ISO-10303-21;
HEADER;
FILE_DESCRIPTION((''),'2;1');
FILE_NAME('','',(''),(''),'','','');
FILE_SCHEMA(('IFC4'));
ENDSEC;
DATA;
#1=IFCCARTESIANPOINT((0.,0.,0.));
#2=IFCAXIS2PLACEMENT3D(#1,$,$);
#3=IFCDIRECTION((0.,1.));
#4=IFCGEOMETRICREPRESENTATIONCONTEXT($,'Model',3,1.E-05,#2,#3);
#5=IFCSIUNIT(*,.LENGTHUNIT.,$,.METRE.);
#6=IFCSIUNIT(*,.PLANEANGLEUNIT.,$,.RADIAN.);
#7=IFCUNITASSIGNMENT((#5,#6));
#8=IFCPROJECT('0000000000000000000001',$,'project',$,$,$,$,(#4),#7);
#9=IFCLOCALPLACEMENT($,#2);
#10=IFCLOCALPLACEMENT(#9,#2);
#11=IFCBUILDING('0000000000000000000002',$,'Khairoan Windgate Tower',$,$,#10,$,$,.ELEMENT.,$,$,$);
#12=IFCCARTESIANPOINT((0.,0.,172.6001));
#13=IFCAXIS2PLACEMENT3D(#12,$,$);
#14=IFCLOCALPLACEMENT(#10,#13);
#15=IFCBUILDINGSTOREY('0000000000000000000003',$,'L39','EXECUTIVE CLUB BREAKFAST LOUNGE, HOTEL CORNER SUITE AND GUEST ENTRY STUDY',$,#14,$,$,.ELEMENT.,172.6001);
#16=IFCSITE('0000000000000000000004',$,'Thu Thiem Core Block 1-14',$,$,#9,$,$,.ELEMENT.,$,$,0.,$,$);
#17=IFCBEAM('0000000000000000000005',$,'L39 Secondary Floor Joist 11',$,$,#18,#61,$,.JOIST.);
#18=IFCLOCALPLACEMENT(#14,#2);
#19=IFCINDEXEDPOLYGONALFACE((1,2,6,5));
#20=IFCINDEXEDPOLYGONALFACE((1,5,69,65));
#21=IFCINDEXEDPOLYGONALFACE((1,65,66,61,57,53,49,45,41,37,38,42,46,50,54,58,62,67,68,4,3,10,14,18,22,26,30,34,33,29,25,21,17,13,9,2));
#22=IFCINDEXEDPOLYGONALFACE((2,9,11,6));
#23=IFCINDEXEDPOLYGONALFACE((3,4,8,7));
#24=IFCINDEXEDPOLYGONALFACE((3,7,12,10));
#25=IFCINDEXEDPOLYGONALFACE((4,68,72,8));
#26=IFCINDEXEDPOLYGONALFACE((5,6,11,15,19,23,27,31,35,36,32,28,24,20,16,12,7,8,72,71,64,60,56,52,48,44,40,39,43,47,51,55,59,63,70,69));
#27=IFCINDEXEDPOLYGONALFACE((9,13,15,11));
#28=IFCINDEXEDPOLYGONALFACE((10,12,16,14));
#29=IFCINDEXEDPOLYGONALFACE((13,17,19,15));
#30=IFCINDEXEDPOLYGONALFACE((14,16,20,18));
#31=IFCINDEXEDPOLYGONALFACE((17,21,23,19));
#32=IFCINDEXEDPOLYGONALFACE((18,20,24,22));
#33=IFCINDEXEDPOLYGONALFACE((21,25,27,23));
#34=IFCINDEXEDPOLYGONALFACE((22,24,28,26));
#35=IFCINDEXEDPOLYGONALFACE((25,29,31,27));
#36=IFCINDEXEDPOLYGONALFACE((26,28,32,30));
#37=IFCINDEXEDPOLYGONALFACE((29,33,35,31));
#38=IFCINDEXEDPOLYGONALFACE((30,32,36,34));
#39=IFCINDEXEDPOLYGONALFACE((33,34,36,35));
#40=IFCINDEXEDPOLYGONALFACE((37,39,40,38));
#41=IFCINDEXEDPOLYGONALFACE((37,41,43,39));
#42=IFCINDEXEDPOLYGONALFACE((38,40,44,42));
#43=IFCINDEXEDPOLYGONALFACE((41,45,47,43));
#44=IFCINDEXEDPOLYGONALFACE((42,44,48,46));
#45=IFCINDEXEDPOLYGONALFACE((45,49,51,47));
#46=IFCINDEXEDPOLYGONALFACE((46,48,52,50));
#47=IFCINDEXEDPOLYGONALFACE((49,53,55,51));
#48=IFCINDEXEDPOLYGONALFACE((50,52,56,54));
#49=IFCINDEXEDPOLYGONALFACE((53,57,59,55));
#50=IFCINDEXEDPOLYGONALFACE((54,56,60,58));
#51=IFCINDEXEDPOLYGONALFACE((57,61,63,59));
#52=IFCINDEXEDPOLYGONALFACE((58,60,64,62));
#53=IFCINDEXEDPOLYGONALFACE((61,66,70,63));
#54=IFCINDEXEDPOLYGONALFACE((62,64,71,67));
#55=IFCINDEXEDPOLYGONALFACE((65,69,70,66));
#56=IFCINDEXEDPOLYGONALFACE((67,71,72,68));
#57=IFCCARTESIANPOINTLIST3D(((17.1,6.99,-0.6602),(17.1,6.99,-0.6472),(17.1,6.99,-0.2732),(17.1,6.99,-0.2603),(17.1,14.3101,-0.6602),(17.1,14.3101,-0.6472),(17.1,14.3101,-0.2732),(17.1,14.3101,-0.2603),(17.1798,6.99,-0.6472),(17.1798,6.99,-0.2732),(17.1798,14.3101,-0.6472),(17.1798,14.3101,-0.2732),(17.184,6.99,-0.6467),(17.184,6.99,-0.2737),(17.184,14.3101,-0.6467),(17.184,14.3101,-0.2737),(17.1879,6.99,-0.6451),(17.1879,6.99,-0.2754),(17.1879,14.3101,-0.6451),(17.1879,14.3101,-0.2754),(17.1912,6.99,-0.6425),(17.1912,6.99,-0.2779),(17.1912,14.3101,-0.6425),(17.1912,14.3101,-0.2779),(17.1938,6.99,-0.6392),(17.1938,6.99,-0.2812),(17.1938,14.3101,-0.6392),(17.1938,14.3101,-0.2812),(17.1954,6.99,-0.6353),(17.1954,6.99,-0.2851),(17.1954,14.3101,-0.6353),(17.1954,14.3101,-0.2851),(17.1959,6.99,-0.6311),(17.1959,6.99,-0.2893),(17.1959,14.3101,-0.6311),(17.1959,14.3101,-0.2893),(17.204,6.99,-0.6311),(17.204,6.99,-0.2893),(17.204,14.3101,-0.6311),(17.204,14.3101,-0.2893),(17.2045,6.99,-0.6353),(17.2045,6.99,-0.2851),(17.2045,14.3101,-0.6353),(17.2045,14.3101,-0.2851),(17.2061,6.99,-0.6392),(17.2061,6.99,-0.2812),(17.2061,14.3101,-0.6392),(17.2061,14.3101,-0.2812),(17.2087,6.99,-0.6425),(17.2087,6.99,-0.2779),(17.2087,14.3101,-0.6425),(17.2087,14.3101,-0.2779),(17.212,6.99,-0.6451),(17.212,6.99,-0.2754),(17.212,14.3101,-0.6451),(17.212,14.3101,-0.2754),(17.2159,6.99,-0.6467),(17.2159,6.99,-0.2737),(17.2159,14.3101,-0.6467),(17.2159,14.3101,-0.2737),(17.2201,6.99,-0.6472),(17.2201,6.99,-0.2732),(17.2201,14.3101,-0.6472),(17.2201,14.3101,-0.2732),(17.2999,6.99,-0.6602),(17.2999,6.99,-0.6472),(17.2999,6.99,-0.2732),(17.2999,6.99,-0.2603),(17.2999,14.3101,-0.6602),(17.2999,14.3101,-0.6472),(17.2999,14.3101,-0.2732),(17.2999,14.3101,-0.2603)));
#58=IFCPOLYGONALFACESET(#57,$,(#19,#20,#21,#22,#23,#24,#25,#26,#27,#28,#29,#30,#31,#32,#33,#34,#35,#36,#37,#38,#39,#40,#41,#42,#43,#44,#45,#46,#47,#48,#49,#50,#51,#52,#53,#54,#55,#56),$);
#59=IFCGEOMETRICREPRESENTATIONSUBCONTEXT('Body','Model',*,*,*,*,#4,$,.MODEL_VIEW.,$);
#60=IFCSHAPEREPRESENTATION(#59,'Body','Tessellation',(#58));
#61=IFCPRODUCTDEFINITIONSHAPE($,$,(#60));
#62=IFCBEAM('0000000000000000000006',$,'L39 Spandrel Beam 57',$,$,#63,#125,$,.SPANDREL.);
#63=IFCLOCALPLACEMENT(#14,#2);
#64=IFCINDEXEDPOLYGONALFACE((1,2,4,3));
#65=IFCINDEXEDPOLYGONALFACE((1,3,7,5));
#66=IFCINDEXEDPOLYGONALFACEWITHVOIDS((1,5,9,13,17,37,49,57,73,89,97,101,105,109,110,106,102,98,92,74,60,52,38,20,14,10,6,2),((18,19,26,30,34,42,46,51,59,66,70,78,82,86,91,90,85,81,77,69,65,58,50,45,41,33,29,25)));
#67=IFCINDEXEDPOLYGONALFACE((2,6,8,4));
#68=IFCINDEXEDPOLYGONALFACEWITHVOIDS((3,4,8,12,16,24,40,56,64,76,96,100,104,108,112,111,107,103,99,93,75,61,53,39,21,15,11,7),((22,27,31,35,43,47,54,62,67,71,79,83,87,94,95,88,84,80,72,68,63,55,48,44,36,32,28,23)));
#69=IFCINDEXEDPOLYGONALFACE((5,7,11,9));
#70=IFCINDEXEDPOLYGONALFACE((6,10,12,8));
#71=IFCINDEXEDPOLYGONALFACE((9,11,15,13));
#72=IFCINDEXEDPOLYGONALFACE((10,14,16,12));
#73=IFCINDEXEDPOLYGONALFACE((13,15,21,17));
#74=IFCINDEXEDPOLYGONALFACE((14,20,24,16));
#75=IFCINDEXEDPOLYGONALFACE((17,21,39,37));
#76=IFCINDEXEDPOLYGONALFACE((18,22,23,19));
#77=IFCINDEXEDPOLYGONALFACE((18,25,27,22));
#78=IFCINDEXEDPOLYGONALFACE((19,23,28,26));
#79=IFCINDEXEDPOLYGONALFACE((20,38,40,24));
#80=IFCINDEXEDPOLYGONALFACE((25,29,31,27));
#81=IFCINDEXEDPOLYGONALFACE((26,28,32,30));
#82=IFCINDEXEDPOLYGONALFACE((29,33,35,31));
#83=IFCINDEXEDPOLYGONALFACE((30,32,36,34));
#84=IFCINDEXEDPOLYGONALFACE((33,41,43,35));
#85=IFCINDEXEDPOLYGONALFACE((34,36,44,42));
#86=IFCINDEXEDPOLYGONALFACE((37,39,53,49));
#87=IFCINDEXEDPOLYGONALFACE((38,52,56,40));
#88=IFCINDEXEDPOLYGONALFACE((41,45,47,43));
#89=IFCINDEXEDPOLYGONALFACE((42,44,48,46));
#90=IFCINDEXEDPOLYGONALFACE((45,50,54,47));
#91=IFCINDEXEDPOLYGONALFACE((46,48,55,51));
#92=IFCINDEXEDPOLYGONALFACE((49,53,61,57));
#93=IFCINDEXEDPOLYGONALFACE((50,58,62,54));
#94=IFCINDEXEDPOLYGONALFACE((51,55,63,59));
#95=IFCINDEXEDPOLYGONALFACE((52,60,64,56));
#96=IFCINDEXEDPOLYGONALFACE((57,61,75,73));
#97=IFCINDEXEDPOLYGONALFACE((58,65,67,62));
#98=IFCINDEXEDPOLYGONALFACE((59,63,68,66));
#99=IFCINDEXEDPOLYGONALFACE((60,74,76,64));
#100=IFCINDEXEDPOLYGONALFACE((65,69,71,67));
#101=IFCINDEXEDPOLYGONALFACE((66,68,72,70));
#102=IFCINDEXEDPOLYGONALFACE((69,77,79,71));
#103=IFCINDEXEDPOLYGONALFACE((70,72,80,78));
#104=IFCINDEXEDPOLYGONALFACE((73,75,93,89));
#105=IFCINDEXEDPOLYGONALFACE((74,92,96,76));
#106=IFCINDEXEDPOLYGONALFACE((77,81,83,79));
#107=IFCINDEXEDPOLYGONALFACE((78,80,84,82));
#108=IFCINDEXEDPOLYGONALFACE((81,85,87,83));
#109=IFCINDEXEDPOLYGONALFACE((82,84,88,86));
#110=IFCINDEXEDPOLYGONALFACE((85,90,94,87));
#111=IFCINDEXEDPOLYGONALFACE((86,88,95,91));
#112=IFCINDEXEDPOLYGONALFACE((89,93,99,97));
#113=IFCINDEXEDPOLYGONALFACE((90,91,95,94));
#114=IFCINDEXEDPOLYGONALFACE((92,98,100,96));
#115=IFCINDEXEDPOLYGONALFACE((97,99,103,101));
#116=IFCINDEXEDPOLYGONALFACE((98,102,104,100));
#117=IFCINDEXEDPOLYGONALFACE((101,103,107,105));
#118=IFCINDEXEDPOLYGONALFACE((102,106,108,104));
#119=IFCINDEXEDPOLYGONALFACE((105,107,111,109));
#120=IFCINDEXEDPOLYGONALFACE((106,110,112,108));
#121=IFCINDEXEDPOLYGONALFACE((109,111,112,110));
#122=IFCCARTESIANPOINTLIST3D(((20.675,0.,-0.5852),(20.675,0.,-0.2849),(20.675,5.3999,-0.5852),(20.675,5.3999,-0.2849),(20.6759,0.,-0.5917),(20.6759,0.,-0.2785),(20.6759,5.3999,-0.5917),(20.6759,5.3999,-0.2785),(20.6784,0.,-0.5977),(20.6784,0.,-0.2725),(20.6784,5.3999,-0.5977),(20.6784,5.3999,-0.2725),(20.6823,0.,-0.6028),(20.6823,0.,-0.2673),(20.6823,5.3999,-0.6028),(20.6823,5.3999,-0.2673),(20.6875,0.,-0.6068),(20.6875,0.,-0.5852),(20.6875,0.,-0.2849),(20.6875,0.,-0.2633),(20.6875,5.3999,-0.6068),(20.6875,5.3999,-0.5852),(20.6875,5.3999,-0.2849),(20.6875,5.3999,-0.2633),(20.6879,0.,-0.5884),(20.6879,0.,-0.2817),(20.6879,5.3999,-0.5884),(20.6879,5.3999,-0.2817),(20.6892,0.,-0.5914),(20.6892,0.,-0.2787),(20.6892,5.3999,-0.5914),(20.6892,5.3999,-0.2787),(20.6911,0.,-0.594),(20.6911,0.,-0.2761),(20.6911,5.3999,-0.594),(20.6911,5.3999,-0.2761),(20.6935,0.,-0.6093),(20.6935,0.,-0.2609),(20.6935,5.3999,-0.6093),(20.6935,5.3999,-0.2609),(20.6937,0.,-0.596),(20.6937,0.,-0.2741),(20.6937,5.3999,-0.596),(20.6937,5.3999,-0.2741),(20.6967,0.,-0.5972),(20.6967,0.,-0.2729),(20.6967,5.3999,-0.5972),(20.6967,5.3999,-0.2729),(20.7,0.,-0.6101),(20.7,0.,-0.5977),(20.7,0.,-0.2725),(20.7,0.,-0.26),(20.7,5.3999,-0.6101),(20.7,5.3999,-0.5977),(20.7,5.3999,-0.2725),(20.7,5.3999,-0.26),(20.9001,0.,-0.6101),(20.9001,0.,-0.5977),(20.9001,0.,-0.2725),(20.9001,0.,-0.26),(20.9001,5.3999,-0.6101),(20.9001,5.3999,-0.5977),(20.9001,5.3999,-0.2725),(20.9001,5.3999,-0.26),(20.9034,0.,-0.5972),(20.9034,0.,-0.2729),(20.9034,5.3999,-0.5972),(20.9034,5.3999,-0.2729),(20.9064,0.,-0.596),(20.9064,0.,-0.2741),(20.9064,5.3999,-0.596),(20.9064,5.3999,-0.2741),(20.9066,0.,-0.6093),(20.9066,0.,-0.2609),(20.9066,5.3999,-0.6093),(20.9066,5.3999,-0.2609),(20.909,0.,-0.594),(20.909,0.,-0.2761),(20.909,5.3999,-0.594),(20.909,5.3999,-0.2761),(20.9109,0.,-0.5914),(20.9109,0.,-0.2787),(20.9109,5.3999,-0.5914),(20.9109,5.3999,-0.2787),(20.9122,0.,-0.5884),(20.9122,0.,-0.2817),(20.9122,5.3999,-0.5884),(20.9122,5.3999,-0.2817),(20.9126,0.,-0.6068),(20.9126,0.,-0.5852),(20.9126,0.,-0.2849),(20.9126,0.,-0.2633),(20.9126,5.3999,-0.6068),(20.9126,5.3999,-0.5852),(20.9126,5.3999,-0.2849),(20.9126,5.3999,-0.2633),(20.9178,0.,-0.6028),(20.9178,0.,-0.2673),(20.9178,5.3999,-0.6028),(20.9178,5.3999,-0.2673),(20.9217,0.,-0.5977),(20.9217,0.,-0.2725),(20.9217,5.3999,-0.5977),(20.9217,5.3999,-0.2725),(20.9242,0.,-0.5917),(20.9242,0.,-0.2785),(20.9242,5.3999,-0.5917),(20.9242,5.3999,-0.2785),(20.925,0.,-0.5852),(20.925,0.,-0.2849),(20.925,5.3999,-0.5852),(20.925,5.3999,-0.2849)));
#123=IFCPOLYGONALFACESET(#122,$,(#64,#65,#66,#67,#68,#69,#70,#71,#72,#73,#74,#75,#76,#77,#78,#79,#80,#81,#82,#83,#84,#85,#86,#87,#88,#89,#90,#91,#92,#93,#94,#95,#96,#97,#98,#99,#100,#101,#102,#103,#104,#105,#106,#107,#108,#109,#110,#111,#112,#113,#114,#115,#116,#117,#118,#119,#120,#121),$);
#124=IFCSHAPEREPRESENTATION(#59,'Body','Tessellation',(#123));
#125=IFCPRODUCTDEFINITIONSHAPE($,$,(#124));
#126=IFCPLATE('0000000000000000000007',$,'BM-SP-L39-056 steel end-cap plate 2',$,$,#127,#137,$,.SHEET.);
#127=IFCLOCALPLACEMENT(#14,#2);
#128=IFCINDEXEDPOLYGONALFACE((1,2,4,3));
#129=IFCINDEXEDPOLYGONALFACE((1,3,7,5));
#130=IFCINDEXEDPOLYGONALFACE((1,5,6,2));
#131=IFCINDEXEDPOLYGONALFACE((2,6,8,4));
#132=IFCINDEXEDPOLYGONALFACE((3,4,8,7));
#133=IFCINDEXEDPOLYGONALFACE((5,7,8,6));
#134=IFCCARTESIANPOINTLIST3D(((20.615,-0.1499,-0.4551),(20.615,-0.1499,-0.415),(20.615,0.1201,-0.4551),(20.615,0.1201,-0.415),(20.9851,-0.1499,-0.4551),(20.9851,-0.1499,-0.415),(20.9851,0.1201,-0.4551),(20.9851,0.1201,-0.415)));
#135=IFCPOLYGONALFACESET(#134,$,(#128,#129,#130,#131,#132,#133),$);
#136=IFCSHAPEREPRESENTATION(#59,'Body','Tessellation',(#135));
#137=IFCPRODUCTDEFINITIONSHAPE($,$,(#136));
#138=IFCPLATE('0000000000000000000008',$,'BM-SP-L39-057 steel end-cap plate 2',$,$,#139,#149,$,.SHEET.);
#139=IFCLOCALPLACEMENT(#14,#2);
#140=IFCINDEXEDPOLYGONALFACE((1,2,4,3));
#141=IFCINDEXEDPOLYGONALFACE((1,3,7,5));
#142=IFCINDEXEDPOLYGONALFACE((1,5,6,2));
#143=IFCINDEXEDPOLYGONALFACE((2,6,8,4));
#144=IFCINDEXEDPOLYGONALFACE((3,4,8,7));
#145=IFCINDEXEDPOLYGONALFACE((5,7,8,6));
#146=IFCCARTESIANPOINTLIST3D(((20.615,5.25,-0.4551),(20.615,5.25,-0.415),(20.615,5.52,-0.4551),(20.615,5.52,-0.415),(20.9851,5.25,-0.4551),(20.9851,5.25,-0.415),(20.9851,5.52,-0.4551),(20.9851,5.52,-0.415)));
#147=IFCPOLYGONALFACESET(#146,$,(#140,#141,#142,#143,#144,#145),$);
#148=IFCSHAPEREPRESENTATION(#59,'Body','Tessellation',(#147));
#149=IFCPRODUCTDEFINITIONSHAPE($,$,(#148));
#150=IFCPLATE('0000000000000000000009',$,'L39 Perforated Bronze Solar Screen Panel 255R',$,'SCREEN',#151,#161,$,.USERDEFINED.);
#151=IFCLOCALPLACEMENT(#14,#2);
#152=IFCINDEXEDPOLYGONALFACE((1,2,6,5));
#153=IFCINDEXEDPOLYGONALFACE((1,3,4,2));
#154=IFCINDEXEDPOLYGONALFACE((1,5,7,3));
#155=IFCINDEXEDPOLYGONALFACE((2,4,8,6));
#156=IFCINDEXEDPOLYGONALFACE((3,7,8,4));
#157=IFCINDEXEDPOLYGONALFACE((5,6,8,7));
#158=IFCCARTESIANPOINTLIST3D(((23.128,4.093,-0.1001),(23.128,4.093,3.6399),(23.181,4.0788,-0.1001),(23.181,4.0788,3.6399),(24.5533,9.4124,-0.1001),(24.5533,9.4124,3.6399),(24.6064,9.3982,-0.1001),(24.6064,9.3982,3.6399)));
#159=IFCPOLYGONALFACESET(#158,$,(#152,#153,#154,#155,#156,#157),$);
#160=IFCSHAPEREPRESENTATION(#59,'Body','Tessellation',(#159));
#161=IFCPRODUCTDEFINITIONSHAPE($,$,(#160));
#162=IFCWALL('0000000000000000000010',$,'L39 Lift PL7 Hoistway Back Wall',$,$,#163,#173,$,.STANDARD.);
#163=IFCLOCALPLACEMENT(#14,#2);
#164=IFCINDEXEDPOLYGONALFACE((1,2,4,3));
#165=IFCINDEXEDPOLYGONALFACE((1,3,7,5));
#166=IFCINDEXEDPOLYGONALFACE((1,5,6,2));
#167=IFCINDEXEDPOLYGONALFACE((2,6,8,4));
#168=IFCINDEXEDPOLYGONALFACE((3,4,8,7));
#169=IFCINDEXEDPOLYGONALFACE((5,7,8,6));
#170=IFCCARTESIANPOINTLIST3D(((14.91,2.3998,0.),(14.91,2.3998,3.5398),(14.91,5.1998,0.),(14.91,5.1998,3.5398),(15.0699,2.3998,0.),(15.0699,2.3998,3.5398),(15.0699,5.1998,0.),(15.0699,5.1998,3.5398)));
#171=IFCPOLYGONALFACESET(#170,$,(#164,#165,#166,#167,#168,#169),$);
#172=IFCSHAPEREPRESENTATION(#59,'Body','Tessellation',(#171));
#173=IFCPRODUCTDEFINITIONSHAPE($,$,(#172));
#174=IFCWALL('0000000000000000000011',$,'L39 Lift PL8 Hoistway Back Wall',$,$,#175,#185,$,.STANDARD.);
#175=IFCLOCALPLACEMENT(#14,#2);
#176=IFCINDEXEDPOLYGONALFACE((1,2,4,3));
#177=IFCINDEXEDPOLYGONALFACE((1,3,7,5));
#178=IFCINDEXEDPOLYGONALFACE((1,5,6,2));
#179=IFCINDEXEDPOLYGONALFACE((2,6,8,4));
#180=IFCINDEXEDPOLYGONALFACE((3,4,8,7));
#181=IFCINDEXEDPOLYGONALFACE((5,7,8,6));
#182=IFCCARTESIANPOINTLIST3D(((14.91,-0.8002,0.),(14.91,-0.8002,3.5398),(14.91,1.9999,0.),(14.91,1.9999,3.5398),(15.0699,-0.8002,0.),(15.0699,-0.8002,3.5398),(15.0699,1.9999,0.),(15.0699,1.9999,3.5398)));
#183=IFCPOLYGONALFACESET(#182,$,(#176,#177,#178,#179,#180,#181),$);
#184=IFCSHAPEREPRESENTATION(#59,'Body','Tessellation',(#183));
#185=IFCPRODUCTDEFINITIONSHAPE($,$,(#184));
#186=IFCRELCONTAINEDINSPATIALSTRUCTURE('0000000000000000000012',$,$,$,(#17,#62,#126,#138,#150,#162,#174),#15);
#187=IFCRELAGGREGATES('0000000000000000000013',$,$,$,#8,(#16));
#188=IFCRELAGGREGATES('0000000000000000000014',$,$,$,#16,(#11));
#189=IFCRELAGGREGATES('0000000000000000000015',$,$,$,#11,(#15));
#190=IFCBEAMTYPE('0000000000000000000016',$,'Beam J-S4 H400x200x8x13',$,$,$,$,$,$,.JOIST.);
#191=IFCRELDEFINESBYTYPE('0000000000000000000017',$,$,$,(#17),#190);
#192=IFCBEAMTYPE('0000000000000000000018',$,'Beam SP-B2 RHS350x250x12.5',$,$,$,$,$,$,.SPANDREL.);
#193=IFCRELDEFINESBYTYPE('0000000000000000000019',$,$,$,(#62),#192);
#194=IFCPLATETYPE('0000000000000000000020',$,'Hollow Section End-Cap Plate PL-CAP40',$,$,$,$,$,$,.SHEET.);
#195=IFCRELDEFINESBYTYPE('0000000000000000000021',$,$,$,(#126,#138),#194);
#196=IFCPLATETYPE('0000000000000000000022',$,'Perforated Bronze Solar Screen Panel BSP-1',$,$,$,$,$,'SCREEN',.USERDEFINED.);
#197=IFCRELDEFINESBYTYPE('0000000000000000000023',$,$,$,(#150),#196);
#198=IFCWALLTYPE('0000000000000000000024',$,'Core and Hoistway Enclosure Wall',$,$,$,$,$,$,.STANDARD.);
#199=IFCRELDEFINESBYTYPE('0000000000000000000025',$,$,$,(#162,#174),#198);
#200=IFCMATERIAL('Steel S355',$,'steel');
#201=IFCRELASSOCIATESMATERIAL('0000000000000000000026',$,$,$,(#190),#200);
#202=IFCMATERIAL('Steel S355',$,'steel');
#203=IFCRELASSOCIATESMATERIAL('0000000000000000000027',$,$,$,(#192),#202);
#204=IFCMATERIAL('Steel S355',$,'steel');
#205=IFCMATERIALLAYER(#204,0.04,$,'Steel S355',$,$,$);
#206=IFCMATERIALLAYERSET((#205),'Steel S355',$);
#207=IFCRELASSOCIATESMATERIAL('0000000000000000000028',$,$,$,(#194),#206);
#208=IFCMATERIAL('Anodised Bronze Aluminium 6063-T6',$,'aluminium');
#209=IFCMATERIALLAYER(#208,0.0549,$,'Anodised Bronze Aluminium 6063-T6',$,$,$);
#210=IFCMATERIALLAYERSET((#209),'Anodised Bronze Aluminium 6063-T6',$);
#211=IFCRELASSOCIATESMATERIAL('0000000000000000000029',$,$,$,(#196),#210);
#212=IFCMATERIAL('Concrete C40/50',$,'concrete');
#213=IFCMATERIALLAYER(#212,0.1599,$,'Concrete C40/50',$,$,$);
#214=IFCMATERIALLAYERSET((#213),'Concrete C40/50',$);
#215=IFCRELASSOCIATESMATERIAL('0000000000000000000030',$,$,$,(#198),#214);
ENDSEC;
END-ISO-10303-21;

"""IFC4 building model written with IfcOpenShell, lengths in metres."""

from ifc_helpers import new_model, si_unit, direction, frame, frame_2d, origin, origin_2d, place, context, subcontext, project, spatial, rectangle, hollow_rectangle, i_section, extrude, material, layer, layer_set, material_profile, profile_set, type_object, element, save


model = new_model("IFC4")

# Units and contexts
model_context = context("Model", 3, precision=1e-05, world=origin(), true_north=direction((0.0, 1.0)))
body_context = subcontext(model_context, "Body", "Model", "MODEL_VIEW")
ifc_project = project(units=[si_unit("LENGTHUNIT", "METRE"), si_unit("PLANEANGLEUNIT", "RADIAN")], contexts=[model_context])

# Site, building, storey
site_placement = place(None, origin())
site = spatial("IfcSite", under=ifc_project, at=site_placement, Name="Thu Thiem Core Block 1-14", CompositionType="ELEMENT", RefElevation=0.0)
building_placement = place(site_placement, origin())
building = spatial("IfcBuilding", under=site, at=building_placement, Name="Khairoan Windgate Tower", CompositionType="ELEMENT")
storey_placement = place(building_placement, frame((0.0, 0.0, 172.6001)))
storey = spatial("IfcBuildingStorey", under=building, at=storey_placement, Name="L39", Description="EXECUTIVE CLUB BREAKFAST LOUNGE, HOTEL CORNER SUITE AND GUEST ENTRY STUDY", CompositionType="ELEMENT", Elevation=172.6001)

# Beams
ifc_material_1 = material(Name="Steel S355", Category="steel")
ifc_material_profile_1 = material_profile(ifc_material_1, i_section(OverallWidth=0.2, OverallDepth=0.3999, WebThickness=0.0081, FlangeThickness=0.0129, FilletRadius=0.0161, at=origin_2d()))
ifc_profile_set_1 = profile_set([ifc_material_profile_1], Name="Steel S355")
beam_type_1 = type_object("IfcBeamType", Name="Beam J-S4 H400x200x8x13", PredefinedType="JOIST", material=ifc_profile_set_1)
beam_1_placement = place(storey_placement, frame((17.2, 6.99, -0.4602), z_axis=(0.0, 1.0, 0.0), x_axis=(-1.0, 0.0, 0.0)))
element("IfcBeam", 1, at=beam_1_placement, inside=storey, type_object=beam_type_1, Name="L39 Secondary Floor Joist 11", PredefinedType="JOIST", context=body_context, shape_type="SweptSolid", body=[
    extrude(i_section(OverallWidth=0.2, OverallDepth=0.3999, WebThickness=0.0081, FlangeThickness=0.0129, FilletRadius=0.0161, at=origin_2d()), origin(), (0.0, 0.0, 1.0), 7.3201),
])
ifc_material_2 = material(Name="Steel S355", Category="steel")
ifc_material_profile_2 = material_profile(ifc_material_2, hollow_rectangle(XDim=0.25, YDim=0.3501, WallThickness=0.0125, InnerFilletRadius=0.0125, OuterFilletRadius=0.0249, at=origin_2d()))
ifc_profile_set_2 = profile_set([ifc_material_profile_2], Name="Steel S355")
beam_type_2 = type_object("IfcBeamType", Name="Beam SP-B2 RHS350x250x12.5", PredefinedType="SPANDREL", material=ifc_profile_set_2)
beam_2_placement = place(storey_placement, frame((20.8, 0.0, -0.4351), z_axis=(0.0, 1.0, 0.0), x_axis=(-1.0, 0.0, 0.0)))
element("IfcBeam", 2, at=beam_2_placement, inside=storey, type_object=beam_type_2, Name="L39 Spandrel Beam 57", PredefinedType="SPANDREL", context=body_context, shape_type="SweptSolid", body=[
    extrude(hollow_rectangle(XDim=0.25, YDim=0.3501, WallThickness=0.0125, InnerFilletRadius=0.0125, OuterFilletRadius=0.0249, at=origin_2d()), origin(), (0.0, 0.0, 1.0), 5.3999),
])

# Plates
ifc_material_3 = material(Name="Steel S355", Category="steel")
ifc_layer_1 = layer(ifc_material_3, 0.04, Name="Steel S355")
ifc_layer_set_1 = layer_set([ifc_layer_1], Name="Steel S355")
plate_type_1 = type_object("IfcPlateType", Name="Hollow Section End-Cap Plate PL-CAP40", PredefinedType="SHEET", material=ifc_layer_set_1)
for number, where, z_axis, x_axis, name in (
    (3, (20.8, -0.0149, -0.4551), (0.0, 0.0, 1.0), (0.0, 1.0, 0.0), "BM-SP-L39-056 steel end-cap plate 2"),
    (4, (20.8, 5.385, -0.4551), (0.0, 0.0, 1.0), (0.0, 1.0, 0.0), "BM-SP-L39-057 steel end-cap plate 2"),
):
    element("IfcPlate", number, at=place(storey_placement, frame(where, z_axis=z_axis, x_axis=x_axis)), inside=storey, type_object=plate_type_1, Name=name, PredefinedType="SHEET", context=body_context, shape_type="SweptSolid", body=[
        extrude(rectangle(XDim=0.27, YDim=0.3701, at=origin_2d()), origin(), (0.0, 0.0, 1.0), 0.04),
    ])
ifc_material_4 = material(Name="Anodised Bronze Aluminium 6063-T6", Category="aluminium")
ifc_layer_2 = layer(ifc_material_4, 0.0549, Name="Anodised Bronze Aluminium 6063-T6")
ifc_layer_set_2 = layer_set([ifc_layer_2], Name="Anodised Bronze Aluminium 6063-T6")
plate_type_2 = type_object("IfcPlateType", Name="Perforated Bronze Solar Screen Panel BSP-1", ElementType="SCREEN", PredefinedType="USERDEFINED", material=ifc_layer_set_2)
plate_placement = place(storey_placement, frame((23.8672, 6.7456, -0.1001), z_axis=(0.0, 0.0, 1.0), x_axis=(-0.258819, -0.965926, 0.0)))
element("IfcPlate", 5, at=plate_placement, inside=storey, type_object=plate_type_2, Name="L39 Perforated Bronze Solar Screen Panel 255R", ObjectType="SCREEN", PredefinedType="USERDEFINED", context=body_context, shape_type="SweptSolid", body=[
    extrude(rectangle(XDim=5.5071, YDim=0.0549, at=origin_2d()), origin(), (0.0, 0.0, 1.0), 3.74),
])

# Walls
ifc_material_5 = material(Name="Concrete C40/50", Category="concrete")
ifc_layer_3 = layer(ifc_material_5, 0.1599, Name="Concrete C40/50")
ifc_layer_set_3 = layer_set([ifc_layer_3], Name="Concrete C40/50")
wall_type_1 = type_object("IfcWallType", Name="Core and Hoistway Enclosure Wall", PredefinedType="STANDARD", material=ifc_layer_set_3)
for number, where, z_axis, x_axis, name in (
    (6, (14.99, 2.3999, 0.0), (0.0, 0.0, 1.0), (0.0, 1.0, 0.0), "L39 Lift PL7 Hoistway Back Wall"),
    (7, (14.99, -0.8, 0.0), (0.0, 0.0, 1.0), (0.0, 1.0, 0.0), "L39 Lift PL8 Hoistway Back Wall"),
):
    element("IfcWall", number, at=place(storey_placement, frame(where, z_axis=z_axis, x_axis=x_axis)), inside=storey, type_object=wall_type_1, Name=name, PredefinedType="STANDARD", context=body_context, shape_type="SweptSolid", body=[
        extrude(rectangle(XDim=2.8, YDim=0.1599, at=frame_2d((1.3999, 0.0))), origin(), (0.0, 0.0, 1.0), 3.5398),
    ])

save(model, "model.ifc")
